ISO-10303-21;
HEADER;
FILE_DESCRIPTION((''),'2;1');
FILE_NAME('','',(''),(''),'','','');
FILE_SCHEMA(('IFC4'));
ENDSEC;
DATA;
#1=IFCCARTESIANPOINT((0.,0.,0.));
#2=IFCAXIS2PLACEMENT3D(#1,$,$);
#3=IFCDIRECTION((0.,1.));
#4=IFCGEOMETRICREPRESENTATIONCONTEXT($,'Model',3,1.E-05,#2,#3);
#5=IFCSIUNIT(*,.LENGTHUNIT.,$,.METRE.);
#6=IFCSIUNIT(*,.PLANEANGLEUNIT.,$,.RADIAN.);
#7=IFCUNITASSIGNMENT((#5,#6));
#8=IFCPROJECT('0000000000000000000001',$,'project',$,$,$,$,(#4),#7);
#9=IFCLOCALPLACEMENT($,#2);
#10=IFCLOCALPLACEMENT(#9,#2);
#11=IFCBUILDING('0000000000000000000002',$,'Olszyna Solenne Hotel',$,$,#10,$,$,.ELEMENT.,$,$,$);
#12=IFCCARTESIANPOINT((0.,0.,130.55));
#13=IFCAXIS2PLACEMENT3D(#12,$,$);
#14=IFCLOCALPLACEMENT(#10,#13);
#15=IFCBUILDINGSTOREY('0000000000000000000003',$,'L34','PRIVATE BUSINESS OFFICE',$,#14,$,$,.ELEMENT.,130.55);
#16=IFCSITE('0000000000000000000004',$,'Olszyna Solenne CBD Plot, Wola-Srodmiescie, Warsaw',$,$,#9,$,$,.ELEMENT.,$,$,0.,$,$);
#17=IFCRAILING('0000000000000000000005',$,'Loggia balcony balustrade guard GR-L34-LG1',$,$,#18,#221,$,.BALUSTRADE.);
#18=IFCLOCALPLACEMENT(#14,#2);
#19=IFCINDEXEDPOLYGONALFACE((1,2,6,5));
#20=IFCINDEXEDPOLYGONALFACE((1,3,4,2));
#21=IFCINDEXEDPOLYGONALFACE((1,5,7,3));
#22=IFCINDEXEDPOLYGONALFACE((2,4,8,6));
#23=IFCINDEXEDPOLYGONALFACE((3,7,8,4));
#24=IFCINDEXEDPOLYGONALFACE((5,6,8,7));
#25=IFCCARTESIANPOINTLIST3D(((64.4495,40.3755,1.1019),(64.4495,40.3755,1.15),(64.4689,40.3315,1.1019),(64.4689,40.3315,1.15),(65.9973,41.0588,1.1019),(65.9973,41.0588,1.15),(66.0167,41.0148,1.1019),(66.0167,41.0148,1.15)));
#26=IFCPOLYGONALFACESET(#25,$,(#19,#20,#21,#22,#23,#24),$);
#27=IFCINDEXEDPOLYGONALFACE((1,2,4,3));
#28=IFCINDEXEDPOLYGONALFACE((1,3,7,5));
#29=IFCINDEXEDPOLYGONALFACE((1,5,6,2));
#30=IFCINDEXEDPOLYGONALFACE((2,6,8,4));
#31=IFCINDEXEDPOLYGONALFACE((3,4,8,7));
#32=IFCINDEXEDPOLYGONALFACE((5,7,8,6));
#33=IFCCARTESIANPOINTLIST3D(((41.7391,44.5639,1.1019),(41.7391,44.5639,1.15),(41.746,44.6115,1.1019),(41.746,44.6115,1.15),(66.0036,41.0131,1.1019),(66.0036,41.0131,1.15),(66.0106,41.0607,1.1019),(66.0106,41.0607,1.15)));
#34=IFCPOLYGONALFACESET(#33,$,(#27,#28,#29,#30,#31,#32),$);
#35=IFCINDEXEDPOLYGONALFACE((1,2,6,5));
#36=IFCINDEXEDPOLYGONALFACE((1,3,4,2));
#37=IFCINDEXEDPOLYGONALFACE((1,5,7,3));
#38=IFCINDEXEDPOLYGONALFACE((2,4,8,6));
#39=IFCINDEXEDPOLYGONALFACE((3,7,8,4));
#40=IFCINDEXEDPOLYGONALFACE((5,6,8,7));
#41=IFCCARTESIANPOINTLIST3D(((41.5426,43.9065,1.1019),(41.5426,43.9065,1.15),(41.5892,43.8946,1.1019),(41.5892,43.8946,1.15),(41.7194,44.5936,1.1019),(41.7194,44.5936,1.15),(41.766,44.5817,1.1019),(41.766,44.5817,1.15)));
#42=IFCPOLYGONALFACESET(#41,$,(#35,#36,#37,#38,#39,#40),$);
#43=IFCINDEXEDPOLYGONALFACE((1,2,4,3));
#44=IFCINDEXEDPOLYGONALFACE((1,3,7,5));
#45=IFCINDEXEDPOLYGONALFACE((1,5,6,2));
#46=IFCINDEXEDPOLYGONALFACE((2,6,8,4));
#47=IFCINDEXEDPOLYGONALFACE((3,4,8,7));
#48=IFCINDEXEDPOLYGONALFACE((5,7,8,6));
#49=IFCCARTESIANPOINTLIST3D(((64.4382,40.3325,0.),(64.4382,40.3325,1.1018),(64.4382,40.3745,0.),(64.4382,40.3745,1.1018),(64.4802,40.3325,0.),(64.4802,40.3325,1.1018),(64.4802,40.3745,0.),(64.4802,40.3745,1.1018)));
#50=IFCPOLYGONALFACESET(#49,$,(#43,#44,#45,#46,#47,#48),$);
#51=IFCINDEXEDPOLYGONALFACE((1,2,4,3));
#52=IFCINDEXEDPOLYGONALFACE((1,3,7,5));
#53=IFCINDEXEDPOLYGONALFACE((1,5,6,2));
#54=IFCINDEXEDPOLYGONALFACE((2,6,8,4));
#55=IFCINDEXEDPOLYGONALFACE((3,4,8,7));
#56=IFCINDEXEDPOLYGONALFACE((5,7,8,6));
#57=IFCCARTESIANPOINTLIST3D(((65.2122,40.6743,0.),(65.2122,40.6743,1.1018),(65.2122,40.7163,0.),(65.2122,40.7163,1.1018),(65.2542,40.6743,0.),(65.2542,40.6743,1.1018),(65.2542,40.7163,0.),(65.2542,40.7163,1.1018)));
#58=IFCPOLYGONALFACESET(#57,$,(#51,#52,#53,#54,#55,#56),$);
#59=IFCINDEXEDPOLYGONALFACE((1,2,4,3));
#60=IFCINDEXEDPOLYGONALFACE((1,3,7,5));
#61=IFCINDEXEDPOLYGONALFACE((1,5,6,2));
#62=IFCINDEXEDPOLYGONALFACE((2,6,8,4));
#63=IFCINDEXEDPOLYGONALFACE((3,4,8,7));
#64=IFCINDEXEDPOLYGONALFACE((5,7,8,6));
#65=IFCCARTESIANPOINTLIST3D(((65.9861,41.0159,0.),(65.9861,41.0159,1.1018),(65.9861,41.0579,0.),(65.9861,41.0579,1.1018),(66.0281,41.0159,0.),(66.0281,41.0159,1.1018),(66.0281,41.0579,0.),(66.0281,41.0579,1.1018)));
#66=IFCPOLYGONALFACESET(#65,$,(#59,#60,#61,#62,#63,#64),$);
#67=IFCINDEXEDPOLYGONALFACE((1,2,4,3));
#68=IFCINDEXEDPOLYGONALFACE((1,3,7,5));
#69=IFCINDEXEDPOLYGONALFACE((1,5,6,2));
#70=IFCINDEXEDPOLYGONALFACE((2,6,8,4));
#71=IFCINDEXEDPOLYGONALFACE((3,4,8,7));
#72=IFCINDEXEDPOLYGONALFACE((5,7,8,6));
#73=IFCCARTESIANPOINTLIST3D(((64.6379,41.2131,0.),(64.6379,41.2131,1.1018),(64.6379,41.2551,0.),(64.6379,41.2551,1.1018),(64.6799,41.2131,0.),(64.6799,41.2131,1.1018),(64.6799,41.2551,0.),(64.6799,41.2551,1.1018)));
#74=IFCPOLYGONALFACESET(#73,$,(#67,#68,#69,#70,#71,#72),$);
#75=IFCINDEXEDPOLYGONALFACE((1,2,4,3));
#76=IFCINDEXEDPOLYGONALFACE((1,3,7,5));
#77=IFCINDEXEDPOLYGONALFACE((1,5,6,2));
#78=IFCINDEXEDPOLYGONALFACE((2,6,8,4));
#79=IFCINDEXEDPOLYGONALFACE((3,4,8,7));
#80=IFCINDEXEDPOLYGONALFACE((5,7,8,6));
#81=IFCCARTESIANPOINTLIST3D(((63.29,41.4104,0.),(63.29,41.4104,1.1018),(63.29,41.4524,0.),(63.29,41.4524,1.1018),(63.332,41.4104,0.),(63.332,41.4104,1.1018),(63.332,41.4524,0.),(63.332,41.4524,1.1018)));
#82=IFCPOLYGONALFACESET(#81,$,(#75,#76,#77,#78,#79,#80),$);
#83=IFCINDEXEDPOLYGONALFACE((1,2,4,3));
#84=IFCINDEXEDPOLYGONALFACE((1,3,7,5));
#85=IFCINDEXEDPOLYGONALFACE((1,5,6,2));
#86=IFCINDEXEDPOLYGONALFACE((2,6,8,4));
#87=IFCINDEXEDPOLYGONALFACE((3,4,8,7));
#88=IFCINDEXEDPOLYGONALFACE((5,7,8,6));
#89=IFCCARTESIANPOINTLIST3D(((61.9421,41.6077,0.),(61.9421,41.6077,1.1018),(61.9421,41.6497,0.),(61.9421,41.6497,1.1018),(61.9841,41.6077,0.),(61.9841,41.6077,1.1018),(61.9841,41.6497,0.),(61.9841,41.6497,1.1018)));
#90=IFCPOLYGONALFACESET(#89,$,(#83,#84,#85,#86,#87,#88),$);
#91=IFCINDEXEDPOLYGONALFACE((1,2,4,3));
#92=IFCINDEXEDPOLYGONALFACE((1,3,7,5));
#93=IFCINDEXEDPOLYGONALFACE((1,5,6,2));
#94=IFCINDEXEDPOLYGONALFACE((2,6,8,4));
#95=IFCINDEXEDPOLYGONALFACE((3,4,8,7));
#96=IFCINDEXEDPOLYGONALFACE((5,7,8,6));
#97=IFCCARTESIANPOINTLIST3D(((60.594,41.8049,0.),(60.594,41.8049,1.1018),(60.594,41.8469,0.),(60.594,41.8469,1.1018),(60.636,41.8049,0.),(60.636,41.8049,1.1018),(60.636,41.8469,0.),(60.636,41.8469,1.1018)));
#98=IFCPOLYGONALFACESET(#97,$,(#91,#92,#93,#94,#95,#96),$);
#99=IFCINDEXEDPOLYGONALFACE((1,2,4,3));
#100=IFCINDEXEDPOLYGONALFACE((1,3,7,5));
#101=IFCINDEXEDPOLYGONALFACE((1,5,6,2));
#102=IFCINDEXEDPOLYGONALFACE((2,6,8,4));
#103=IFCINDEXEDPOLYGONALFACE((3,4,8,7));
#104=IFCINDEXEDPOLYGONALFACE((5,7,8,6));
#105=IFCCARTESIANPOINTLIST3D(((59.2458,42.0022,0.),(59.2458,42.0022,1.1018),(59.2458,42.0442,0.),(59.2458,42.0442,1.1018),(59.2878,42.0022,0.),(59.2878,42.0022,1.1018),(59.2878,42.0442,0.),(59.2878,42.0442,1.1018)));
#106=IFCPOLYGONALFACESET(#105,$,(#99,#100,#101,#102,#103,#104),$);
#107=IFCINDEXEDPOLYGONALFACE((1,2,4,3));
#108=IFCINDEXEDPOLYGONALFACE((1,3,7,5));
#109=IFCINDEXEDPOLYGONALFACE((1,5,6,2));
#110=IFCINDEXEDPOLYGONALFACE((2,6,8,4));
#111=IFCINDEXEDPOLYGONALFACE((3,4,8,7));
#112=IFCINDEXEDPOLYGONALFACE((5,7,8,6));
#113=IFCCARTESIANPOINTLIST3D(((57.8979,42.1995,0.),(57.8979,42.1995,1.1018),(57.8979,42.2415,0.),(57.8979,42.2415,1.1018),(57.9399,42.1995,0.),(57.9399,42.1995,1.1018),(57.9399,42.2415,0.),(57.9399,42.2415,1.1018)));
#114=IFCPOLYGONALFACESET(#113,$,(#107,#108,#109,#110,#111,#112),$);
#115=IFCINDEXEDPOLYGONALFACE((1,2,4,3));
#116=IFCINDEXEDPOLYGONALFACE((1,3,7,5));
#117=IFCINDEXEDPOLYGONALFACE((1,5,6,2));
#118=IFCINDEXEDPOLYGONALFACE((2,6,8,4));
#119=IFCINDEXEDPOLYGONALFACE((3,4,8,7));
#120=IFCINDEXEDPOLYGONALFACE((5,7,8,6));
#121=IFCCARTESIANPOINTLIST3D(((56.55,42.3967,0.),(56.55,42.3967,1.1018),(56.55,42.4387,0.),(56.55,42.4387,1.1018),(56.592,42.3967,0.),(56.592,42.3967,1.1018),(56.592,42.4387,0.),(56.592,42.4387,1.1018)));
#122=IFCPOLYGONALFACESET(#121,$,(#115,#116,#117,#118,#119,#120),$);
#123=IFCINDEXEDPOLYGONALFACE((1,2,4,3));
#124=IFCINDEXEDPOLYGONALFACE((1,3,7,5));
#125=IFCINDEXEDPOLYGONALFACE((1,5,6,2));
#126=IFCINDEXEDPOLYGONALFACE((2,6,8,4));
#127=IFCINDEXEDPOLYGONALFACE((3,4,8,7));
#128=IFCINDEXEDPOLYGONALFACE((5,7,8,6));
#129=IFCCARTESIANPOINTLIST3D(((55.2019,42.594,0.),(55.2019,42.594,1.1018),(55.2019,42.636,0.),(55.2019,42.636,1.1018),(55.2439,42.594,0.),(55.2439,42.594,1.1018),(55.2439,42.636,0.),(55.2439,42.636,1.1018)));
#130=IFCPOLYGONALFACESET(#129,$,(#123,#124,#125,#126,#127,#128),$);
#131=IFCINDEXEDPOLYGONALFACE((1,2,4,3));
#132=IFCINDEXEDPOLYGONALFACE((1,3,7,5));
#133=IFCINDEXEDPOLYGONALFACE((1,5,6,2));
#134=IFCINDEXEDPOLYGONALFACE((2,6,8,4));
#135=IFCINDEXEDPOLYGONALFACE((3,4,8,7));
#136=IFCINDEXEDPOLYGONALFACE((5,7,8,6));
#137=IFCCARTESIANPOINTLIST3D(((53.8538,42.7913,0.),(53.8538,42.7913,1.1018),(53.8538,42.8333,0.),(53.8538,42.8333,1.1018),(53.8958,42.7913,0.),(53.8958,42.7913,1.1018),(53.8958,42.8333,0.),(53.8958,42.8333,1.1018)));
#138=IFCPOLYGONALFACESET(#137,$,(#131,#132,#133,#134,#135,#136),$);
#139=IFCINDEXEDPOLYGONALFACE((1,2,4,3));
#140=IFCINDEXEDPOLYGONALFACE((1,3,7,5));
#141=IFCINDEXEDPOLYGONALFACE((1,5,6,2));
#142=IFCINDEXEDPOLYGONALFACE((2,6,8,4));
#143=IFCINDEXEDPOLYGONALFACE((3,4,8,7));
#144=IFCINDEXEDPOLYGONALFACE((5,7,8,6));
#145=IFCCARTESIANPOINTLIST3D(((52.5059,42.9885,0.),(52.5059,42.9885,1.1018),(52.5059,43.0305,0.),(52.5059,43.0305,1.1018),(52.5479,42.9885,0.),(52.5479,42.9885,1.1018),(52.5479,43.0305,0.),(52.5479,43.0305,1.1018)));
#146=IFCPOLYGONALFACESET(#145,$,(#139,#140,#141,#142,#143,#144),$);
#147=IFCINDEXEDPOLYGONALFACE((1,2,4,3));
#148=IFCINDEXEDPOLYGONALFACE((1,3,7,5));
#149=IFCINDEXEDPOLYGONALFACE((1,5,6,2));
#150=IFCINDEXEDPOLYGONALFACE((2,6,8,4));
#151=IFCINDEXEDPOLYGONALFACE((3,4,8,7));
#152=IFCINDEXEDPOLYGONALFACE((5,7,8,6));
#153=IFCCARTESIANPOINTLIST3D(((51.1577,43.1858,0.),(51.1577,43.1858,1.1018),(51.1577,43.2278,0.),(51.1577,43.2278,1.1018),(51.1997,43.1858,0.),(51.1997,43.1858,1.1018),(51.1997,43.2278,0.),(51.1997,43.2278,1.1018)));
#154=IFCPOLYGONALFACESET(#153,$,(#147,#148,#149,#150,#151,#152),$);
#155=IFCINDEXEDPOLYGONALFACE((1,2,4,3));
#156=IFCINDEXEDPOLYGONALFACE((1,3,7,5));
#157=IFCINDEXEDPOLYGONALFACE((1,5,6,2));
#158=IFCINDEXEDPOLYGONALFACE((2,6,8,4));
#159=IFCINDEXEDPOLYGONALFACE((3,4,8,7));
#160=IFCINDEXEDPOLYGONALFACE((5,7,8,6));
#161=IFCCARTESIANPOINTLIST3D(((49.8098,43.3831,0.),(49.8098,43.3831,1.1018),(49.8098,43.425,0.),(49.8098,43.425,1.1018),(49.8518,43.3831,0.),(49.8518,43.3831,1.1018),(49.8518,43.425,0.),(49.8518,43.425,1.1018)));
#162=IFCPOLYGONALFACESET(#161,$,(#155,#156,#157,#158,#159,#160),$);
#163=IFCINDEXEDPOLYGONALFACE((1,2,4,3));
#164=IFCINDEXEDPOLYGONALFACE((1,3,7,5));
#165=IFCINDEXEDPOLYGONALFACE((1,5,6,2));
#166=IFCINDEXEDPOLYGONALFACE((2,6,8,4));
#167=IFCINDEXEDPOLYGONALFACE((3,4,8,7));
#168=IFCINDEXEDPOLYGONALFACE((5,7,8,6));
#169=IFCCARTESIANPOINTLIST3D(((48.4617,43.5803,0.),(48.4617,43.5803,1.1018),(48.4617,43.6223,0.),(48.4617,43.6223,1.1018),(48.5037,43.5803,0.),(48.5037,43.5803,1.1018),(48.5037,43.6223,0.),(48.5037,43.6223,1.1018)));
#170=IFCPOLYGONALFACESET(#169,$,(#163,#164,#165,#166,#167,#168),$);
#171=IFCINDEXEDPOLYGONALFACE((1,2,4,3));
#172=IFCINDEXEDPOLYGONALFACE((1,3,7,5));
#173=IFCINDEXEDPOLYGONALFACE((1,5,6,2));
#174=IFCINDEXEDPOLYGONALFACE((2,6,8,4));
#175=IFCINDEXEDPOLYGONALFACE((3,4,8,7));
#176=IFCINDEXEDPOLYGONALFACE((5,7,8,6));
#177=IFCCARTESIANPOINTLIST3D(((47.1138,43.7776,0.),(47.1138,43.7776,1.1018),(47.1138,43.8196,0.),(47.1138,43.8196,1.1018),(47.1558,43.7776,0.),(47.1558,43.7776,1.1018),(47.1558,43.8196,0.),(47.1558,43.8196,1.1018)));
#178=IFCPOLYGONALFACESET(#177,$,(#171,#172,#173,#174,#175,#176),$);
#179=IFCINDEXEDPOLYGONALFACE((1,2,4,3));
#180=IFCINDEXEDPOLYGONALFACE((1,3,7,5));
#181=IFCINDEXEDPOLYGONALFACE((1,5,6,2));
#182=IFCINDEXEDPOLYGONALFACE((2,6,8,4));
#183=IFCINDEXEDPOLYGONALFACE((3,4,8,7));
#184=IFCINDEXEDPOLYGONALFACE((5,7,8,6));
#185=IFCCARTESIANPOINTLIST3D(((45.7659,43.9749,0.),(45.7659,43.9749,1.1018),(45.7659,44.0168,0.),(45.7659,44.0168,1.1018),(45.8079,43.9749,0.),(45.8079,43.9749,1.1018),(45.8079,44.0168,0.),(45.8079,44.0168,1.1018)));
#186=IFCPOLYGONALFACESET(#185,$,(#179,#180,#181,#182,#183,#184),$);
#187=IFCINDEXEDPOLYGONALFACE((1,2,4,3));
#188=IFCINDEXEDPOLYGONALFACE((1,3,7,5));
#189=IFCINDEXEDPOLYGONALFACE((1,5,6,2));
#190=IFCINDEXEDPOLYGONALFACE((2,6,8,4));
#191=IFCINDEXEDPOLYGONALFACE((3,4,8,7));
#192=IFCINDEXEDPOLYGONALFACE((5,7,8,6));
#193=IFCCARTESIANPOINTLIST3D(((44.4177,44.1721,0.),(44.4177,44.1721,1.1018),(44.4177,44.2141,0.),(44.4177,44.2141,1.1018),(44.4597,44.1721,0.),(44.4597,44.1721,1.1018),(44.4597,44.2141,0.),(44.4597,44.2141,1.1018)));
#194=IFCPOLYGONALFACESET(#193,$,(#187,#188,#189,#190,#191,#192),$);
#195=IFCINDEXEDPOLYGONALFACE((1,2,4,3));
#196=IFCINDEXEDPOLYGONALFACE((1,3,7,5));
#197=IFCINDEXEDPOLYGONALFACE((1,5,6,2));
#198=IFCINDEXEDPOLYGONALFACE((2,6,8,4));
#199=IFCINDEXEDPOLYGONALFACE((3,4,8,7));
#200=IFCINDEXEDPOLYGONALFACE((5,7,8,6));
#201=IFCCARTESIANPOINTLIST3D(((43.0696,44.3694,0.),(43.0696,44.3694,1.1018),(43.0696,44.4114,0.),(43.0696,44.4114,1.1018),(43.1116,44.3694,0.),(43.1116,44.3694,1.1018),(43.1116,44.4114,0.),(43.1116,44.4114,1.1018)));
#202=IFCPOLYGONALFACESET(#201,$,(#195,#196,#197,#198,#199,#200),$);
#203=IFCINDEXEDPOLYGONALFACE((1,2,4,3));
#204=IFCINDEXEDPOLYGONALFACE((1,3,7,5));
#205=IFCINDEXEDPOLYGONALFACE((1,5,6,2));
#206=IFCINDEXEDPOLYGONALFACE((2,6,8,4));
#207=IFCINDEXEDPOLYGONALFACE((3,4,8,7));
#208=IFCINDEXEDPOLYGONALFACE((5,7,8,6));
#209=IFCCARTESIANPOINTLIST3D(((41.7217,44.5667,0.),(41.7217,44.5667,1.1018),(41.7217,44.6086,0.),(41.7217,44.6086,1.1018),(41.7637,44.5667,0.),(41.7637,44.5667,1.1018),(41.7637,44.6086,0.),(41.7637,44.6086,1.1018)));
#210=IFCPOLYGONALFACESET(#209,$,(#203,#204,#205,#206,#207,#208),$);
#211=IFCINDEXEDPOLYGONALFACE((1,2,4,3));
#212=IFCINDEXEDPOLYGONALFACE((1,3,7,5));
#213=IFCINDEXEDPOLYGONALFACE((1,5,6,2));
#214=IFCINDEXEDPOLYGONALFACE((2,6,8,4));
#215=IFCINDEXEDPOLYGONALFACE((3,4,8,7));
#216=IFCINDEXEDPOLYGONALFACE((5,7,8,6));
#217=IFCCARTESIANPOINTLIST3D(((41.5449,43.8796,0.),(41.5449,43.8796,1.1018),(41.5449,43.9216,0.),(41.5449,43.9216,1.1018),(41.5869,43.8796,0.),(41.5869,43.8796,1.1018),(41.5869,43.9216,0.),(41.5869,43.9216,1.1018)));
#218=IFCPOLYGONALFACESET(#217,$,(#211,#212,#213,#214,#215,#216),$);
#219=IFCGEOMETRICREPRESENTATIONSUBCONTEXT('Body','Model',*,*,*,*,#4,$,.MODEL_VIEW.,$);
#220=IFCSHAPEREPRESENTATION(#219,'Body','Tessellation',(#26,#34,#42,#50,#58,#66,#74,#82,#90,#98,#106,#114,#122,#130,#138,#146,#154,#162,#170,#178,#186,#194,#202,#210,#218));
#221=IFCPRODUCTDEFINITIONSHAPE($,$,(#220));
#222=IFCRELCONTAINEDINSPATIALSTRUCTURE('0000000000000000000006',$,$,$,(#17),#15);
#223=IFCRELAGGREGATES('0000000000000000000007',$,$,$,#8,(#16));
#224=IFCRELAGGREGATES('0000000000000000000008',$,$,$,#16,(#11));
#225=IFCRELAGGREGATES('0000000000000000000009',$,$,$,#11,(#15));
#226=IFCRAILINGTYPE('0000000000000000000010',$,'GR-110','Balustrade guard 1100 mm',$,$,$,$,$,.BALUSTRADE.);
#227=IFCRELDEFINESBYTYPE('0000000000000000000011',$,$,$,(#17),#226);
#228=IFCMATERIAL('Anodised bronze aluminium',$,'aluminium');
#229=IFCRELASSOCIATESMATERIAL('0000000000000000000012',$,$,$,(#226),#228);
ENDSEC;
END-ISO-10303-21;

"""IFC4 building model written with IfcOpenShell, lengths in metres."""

from ifc_helpers import new_model, si_unit, direction, frame, origin, origin_2d, place, context, subcontext, project, spatial, rectangle, extrude, material, type_object, element, save


model = new_model("IFC4")

# Units and contexts
model_context = context("Model", 3, precision=1e-05, world=origin(), true_north=direction((0.0, 1.0)))
body_context = subcontext(model_context, "Body", "Model", "MODEL_VIEW")
ifc_project = project(units=[si_unit("LENGTHUNIT", "METRE"), si_unit("PLANEANGLEUNIT", "RADIAN")], contexts=[model_context])

# Site, building, storey
site_placement = place(None, origin())
site = spatial("IfcSite", under=ifc_project, at=site_placement, Name="Olszyna Solenne CBD Plot, Wola-Srodmiescie, Warsaw", CompositionType="ELEMENT", RefElevation=0.0)
building_placement = place(site_placement, origin())
building = spatial("IfcBuilding", under=site, at=building_placement, Name="Olszyna Solenne Hotel", CompositionType="ELEMENT")
storey_placement = place(building_placement, frame((0.0, 0.0, 130.55)))
storey = spatial("IfcBuildingStorey", under=building, at=storey_placement, Name="L34", Description="PRIVATE BUSINESS OFFICE", CompositionType="ELEMENT", Elevation=130.55)

# Shared definitions
ifc_material_1 = material(Name="Anodised bronze aluminium", Category="aluminium")

# Railing
railing_type = type_object("IfcRailingType", Name="GR-110", Description="Balustrade guard 1100 mm", PredefinedType="BALUSTRADE", material=ifc_material_1)
railing_placement = place(storey_placement, frame((64.4592, 40.3535, 0.0)))
element("IfcRailing", 1, at=railing_placement, inside=storey, type_object=railing_type, Name="Loggia balcony balustrade guard GR-L34-LG1", PredefinedType="BALUSTRADE", context=body_context, shape_type="SweptSolid", body=[
    extrude(rectangle(XDim=0.0481, YDim=0.0481, at=origin_2d()), frame((0.0, 0.0, 1.126), z_axis=(0.914814, 0.403875, 0.0), x_axis=(-0.403875, 0.914814, 0.0)), (0.0, 0.0, 1.0), 1.6919),
    extrude(rectangle(XDim=0.0481, YDim=0.0481, at=origin_2d()), frame((1.5479, 0.6833, 1.126), z_axis=(-0.989462, 0.144795, 0.0), x_axis=(-0.144795, -0.989462, 0.0)), (0.0, 0.0, 1.0), 24.5229),
    extrude(rectangle(XDim=0.0481, YDim=0.0481, at=origin_2d()), frame((-22.7166, 4.2341, 1.126), z_axis=(-0.24917, -0.96846, 0.0), x_axis=(0.96846, -0.24917, 0.0)), (0.0, 0.0, 1.0), 0.7095),
    extrude(rectangle(XDim=0.042, YDim=0.042, at=origin_2d()), origin(), (0.0, 0.0, 1.0), 1.1018),
    extrude(rectangle(XDim=0.042, YDim=0.042, at=origin_2d()), frame((0.7739, 0.3418, 0.0)), (0.0, 0.0, 1.0), 1.1018),
    extrude(rectangle(XDim=0.042, YDim=0.042, at=origin_2d()), frame((1.5479, 0.6833, 0.0)), (0.0, 0.0, 1.0), 1.1018),
    extrude(rectangle(XDim=0.042, YDim=0.042, at=origin_2d()), frame((0.1997, 0.8806, 0.0)), (0.0, 0.0, 1.0), 1.1018),
    extrude(rectangle(XDim=0.042, YDim=0.042, at=origin_2d()), frame((-1.1482, 1.0779, 0.0)), (0.0, 0.0, 1.0), 1.1018),
    extrude(rectangle(XDim=0.042, YDim=0.042, at=origin_2d()), frame((-2.4961, 1.2751, 0.0)), (0.0, 0.0, 1.0), 1.1018),
    extrude(rectangle(XDim=0.042, YDim=0.042, at=origin_2d()), frame((-3.8442, 1.4724, 0.0)), (0.0, 0.0, 1.0), 1.1018),
    extrude(rectangle(XDim=0.042, YDim=0.042, at=origin_2d()), frame((-5.1924, 1.6697, 0.0)), (0.0, 0.0, 1.0), 1.1018),
    extrude(rectangle(XDim=0.042, YDim=0.042, at=origin_2d()), frame((-6.5403, 1.8669, 0.0)), (0.0, 0.0, 1.0), 1.1018),
    extrude(rectangle(XDim=0.042, YDim=0.042, at=origin_2d()), frame((-7.8882, 2.0642, 0.0)), (0.0, 0.0, 1.0), 1.1018),
    extrude(rectangle(XDim=0.042, YDim=0.042, at=origin_2d()), frame((-9.2363, 2.2615, 0.0)), (0.0, 0.0, 1.0), 1.1018),
    extrude(rectangle(XDim=0.042, YDim=0.042, at=origin_2d()), frame((-10.5845, 2.4587, 0.0)), (0.0, 0.0, 1.0), 1.1018),
    extrude(rectangle(XDim=0.042, YDim=0.042, at=origin_2d()), frame((-11.9324, 2.656, 0.0)), (0.0, 0.0, 1.0), 1.1018),
    extrude(rectangle(XDim=0.042, YDim=0.042, at=origin_2d()), frame((-13.2805, 2.8533, 0.0)), (0.0, 0.0, 1.0), 1.1018),
    extrude(rectangle(XDim=0.042, YDim=0.042, at=origin_2d()), frame((-14.6284, 3.0505, 0.0)), (0.0, 0.0, 1.0), 1.1018),
    extrude(rectangle(XDim=0.042, YDim=0.042, at=origin_2d()), frame((-15.9766, 3.2478, 0.0)), (0.0, 0.0, 1.0), 1.1018),
    extrude(rectangle(XDim=0.042, YDim=0.042, at=origin_2d()), frame((-17.3245, 3.4451, 0.0)), (0.0, 0.0, 1.0), 1.1018),
    extrude(rectangle(XDim=0.042, YDim=0.042, at=origin_2d()), frame((-18.6724, 3.6423, 0.0)), (0.0, 0.0, 1.0), 1.1018),
    extrude(rectangle(XDim=0.042, YDim=0.042, at=origin_2d()), frame((-20.0205, 3.8396, 0.0)), (0.0, 0.0, 1.0), 1.1018),
    extrude(rectangle(XDim=0.042, YDim=0.042, at=origin_2d()), frame((-21.3687, 4.0369, 0.0)), (0.0, 0.0, 1.0), 1.1018),
    extrude(rectangle(XDim=0.042, YDim=0.042, at=origin_2d()), frame((-22.7166, 4.2341, 0.0)), (0.0, 0.0, 1.0), 1.1018),
    extrude(rectangle(XDim=0.042, YDim=0.042, at=origin_2d()), frame((-22.8933, 3.5471, 0.0)), (0.0, 0.0, 1.0), 1.1018),
])

save(model, "model.ifc")
